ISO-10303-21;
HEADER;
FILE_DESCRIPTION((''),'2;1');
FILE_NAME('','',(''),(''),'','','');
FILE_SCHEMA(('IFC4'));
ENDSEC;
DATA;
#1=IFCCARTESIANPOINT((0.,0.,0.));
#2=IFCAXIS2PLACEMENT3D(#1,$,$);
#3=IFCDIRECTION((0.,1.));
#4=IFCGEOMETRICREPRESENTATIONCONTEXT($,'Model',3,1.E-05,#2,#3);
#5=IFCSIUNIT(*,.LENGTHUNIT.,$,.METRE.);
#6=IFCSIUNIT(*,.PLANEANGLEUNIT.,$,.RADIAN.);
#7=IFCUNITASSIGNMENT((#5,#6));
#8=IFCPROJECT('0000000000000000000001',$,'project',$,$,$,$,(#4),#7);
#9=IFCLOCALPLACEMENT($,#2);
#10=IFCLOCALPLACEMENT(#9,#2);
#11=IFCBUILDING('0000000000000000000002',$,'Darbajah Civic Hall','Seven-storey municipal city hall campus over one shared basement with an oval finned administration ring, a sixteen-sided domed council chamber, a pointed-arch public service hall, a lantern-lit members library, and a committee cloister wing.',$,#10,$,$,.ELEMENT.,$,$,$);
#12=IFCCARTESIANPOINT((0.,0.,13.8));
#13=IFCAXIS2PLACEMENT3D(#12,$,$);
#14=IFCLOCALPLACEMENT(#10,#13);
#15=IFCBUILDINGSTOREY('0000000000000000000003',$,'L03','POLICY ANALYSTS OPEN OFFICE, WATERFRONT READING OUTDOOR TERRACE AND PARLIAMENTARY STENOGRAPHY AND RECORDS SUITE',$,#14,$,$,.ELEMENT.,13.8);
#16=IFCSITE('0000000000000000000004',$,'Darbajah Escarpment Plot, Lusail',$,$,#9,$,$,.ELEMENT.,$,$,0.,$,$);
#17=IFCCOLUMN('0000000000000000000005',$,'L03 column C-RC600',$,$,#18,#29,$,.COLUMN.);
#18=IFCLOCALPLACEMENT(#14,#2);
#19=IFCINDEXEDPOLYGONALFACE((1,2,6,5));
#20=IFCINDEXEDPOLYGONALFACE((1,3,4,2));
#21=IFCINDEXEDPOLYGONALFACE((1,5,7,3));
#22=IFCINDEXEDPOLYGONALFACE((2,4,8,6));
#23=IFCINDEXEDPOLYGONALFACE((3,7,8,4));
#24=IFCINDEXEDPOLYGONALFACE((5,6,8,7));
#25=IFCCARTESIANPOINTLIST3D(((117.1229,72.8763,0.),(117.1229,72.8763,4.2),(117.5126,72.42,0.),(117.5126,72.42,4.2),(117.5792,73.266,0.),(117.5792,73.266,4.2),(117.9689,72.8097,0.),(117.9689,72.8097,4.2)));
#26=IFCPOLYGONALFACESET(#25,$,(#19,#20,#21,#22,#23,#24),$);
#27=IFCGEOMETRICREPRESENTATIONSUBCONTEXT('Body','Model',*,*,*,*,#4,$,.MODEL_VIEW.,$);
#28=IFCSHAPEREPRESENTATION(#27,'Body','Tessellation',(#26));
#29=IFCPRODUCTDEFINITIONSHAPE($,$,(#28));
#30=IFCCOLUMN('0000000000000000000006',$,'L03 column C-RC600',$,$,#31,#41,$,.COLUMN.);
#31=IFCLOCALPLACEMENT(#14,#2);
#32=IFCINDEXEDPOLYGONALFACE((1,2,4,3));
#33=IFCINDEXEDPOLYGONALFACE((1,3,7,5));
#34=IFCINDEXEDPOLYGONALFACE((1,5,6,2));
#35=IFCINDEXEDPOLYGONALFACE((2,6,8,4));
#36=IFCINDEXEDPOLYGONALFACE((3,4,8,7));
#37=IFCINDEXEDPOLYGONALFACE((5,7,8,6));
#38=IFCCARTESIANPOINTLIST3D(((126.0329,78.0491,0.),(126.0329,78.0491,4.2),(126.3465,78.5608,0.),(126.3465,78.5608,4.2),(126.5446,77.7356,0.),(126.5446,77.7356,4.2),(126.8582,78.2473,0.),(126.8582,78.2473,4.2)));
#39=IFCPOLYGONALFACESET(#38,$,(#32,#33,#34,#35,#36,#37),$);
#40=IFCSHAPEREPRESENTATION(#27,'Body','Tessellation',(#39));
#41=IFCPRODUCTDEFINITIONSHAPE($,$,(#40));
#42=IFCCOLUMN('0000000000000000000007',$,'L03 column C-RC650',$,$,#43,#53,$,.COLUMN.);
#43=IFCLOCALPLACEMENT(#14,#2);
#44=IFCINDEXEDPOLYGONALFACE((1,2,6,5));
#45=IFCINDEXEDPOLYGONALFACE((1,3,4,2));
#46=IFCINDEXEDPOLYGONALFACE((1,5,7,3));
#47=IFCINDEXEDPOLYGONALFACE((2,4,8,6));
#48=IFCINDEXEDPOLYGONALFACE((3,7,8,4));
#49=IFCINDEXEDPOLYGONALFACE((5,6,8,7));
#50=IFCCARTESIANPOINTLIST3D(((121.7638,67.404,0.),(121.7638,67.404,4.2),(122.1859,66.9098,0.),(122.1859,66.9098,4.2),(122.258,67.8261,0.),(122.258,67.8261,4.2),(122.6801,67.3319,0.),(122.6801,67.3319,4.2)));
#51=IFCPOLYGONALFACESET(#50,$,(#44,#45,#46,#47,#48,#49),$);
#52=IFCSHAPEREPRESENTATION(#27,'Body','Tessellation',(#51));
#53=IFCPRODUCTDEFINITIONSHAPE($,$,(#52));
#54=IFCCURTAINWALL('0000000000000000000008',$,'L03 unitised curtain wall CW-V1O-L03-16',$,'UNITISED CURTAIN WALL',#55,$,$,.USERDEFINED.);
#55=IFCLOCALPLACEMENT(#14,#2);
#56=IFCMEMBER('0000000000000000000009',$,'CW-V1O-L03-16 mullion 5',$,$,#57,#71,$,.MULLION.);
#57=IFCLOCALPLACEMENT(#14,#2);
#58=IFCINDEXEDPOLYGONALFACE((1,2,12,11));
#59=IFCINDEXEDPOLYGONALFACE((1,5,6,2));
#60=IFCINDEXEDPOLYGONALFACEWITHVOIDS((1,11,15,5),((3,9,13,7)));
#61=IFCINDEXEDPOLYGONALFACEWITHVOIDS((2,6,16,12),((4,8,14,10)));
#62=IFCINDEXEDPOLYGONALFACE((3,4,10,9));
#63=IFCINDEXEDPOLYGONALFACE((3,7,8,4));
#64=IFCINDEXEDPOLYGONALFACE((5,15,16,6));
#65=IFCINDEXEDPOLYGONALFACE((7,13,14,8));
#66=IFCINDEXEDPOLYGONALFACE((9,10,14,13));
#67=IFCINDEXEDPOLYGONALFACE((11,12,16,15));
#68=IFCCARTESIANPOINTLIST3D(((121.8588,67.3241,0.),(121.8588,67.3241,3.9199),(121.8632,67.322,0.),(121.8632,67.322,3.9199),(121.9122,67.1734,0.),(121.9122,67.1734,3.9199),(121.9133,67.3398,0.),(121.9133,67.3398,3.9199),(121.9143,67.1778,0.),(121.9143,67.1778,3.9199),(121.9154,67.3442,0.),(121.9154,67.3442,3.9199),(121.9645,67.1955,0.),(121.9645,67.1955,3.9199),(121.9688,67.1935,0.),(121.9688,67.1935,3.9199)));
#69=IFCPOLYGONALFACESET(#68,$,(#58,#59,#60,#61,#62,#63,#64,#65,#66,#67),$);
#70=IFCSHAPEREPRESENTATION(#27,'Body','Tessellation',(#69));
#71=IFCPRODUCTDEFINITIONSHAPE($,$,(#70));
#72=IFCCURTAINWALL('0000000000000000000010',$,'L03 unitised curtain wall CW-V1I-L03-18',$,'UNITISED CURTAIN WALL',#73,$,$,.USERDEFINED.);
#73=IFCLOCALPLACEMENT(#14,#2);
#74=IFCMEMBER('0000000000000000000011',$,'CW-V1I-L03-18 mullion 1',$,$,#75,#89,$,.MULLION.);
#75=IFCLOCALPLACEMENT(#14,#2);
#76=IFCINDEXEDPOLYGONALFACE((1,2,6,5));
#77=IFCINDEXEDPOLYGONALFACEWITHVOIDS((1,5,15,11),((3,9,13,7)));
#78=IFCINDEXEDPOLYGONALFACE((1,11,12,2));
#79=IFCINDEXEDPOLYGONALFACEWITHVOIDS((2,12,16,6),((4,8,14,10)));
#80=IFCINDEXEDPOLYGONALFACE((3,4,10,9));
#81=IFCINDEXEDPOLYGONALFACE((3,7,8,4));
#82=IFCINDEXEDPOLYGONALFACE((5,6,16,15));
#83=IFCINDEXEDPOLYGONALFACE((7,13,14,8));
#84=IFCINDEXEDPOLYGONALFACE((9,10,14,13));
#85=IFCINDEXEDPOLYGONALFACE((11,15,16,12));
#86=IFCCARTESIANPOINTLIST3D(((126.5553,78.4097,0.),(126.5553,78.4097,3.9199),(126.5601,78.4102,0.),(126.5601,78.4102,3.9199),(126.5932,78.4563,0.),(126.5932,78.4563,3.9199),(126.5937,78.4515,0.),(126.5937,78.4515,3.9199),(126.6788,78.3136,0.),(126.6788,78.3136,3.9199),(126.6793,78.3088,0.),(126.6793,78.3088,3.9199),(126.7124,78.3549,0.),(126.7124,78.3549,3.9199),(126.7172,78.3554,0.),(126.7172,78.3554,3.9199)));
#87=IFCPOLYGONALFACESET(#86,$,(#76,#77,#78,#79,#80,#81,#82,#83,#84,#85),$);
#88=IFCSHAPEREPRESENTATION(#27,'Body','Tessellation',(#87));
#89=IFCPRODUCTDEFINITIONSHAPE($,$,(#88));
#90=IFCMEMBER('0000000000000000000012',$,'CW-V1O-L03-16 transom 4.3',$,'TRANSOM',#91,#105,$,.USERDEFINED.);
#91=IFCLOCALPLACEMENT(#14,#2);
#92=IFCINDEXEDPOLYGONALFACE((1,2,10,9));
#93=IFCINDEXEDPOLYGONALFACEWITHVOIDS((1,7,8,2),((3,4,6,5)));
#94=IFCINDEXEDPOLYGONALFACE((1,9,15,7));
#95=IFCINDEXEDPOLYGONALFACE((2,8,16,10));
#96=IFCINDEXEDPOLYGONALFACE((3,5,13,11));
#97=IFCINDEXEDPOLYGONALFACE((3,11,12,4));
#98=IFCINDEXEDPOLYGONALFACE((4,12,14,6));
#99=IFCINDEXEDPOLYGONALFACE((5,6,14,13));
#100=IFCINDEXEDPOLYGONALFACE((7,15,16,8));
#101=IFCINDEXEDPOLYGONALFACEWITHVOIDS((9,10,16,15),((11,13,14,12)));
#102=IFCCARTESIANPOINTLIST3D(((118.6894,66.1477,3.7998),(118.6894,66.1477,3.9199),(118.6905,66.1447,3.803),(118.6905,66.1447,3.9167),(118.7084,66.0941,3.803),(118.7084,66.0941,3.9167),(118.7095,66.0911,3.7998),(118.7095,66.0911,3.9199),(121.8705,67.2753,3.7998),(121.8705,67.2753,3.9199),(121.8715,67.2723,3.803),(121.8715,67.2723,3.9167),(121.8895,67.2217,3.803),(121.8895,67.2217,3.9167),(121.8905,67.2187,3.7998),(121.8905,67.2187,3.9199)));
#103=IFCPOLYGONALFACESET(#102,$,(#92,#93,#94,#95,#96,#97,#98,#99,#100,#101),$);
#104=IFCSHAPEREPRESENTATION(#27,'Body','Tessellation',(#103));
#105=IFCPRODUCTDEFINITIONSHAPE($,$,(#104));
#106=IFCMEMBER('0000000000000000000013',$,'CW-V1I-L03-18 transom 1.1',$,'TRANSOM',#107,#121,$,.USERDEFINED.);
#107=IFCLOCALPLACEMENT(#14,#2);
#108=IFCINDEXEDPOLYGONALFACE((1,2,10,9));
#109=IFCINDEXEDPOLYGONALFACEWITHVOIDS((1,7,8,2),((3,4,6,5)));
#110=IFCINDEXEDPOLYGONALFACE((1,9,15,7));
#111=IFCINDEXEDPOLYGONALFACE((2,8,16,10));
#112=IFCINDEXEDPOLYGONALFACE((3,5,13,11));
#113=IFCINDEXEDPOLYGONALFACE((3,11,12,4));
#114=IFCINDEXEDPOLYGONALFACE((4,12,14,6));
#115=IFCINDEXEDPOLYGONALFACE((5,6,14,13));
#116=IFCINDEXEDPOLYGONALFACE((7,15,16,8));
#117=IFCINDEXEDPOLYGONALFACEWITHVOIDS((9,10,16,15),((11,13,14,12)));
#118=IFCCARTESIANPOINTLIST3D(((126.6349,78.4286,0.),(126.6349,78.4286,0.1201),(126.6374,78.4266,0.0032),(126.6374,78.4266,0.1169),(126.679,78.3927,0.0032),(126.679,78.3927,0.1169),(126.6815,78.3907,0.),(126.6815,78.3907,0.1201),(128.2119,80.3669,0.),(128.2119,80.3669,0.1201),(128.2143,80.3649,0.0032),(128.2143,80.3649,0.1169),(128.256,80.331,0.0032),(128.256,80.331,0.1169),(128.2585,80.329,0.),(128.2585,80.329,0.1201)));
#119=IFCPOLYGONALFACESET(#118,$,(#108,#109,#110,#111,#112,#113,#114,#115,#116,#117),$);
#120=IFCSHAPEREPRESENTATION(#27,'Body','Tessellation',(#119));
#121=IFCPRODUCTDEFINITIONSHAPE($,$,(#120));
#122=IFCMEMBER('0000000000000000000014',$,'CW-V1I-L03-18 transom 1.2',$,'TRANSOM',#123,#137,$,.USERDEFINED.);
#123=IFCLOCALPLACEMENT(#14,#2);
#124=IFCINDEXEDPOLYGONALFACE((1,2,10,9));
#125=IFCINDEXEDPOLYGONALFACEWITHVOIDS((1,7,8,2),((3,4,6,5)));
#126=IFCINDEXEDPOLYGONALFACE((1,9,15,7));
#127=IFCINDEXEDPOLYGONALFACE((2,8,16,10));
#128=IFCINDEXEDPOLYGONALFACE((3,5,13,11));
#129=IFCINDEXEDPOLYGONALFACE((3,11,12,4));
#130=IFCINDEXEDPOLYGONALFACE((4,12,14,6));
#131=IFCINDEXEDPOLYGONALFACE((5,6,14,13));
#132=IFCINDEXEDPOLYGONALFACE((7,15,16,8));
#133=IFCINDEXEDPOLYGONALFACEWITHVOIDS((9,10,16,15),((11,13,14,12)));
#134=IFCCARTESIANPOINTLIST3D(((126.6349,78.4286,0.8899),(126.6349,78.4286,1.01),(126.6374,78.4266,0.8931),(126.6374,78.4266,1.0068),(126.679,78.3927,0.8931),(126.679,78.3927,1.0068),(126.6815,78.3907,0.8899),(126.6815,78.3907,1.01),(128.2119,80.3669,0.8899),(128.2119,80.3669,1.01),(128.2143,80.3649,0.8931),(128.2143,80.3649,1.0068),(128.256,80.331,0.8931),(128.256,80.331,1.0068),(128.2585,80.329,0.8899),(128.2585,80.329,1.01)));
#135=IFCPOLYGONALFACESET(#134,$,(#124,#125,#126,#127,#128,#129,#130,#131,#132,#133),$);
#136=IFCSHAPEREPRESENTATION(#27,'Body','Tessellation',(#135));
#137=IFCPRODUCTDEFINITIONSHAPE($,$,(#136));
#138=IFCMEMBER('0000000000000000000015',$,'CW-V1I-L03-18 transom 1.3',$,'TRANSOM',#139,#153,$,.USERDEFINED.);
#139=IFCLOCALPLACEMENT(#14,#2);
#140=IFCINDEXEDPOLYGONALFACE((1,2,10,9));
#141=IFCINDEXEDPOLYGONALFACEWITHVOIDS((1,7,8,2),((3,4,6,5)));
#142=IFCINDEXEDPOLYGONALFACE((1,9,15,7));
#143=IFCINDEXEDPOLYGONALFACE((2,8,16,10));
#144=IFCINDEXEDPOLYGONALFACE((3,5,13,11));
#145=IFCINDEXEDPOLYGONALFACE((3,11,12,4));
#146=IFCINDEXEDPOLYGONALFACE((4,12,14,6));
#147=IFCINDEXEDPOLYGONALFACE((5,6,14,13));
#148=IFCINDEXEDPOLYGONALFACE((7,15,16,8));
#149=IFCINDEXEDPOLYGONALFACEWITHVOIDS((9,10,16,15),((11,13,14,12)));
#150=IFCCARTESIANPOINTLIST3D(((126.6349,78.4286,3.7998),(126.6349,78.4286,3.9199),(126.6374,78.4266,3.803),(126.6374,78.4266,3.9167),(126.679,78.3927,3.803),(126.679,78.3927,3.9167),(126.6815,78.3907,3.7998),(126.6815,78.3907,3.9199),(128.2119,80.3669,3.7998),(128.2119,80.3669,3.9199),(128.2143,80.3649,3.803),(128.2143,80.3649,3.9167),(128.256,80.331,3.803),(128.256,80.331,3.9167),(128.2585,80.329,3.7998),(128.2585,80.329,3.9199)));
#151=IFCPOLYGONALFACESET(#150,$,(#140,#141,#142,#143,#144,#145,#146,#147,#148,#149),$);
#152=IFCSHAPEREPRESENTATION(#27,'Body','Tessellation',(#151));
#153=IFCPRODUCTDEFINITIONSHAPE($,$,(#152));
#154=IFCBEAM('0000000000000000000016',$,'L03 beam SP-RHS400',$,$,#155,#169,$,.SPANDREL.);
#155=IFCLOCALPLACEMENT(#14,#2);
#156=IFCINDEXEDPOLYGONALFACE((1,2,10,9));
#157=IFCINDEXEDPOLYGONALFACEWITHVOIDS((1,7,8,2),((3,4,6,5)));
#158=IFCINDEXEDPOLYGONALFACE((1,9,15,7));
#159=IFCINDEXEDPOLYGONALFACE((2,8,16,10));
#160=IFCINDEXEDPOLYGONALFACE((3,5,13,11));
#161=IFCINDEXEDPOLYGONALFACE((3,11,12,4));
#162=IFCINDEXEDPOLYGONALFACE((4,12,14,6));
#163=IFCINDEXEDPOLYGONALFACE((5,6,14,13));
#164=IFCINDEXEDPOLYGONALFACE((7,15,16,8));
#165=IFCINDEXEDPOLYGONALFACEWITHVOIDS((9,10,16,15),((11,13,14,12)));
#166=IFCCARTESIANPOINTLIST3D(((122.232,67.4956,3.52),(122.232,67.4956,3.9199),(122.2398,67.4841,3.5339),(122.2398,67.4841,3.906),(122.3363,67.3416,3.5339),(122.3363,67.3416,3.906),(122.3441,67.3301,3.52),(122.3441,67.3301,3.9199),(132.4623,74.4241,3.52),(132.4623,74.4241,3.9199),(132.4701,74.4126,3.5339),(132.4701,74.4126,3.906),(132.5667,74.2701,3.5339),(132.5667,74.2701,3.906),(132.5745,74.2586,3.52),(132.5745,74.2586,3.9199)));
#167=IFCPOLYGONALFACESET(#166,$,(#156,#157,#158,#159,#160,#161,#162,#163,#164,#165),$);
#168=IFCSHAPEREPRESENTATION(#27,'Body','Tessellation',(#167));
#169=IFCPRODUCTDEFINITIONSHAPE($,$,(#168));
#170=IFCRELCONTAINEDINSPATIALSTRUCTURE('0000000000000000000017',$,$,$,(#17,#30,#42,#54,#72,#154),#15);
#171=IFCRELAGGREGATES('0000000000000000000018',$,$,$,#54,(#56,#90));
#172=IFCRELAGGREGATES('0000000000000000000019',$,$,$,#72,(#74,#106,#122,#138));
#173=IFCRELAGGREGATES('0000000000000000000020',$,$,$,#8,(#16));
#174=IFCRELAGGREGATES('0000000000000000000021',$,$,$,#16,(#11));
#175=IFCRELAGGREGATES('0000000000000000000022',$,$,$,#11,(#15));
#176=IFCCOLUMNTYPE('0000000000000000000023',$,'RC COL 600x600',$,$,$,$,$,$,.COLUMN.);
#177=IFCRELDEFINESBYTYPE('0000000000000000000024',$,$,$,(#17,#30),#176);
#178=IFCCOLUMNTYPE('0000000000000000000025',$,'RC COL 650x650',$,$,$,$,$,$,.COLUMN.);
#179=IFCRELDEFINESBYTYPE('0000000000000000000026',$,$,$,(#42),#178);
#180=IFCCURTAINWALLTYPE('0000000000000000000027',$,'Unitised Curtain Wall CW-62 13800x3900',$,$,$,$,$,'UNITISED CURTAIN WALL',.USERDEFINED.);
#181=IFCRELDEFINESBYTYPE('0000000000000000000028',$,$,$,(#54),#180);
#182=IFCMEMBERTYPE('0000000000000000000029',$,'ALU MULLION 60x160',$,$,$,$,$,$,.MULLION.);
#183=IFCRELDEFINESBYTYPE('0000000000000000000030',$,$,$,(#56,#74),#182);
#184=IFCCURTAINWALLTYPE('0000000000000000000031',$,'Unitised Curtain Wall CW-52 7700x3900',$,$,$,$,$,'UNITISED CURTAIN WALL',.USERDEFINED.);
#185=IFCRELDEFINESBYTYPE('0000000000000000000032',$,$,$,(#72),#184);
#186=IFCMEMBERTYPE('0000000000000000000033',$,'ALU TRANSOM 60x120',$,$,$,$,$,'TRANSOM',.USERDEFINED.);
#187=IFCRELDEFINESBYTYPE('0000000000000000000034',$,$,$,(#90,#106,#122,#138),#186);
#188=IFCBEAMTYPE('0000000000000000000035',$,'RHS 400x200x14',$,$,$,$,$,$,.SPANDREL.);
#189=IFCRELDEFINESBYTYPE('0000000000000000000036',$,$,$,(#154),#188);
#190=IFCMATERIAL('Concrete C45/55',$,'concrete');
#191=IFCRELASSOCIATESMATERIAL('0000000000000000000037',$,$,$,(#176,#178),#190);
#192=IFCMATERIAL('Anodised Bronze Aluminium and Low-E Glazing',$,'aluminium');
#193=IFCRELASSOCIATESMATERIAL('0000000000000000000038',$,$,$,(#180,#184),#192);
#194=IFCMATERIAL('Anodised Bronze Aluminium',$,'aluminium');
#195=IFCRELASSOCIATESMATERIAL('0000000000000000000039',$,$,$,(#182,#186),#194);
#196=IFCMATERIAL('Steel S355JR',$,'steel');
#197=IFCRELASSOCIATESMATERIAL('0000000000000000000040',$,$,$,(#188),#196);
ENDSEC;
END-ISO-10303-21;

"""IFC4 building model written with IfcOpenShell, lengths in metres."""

from ifc_helpers import new_model, si_unit, direction, frame, origin, origin_2d, place, context, subcontext, project, spatial, rectangle, hollow_rectangle, extrude, material, material_profile, profile_set, type_object, element, aggregate, save


model = new_model("IFC4")

# Units and contexts
model_context = context("Model", 3, precision=1e-05, world=origin(), true_north=direction((0.0, 1.0)))
body_context = subcontext(model_context, "Body", "Model", "MODEL_VIEW")
ifc_project = project(units=[si_unit("LENGTHUNIT", "METRE"), si_unit("PLANEANGLEUNIT", "RADIAN")], contexts=[model_context])

# Site, building, storey
site_placement = place(None, origin())
site = spatial("IfcSite", under=ifc_project, at=site_placement, Name="Darbajah Escarpment Plot, Lusail", CompositionType="ELEMENT", RefElevation=0.0)
building_placement = place(site_placement, origin())
building = spatial("IfcBuilding", under=site, at=building_placement, Name="Darbajah Civic Hall", Description="Seven-storey municipal city hall campus over one shared basement with an oval finned administration ring, a sixteen-sided domed council chamber, a pointed-arch public service hall, a lantern-lit members library, and a committee cloister wing.", CompositionType="ELEMENT")
storey_placement = place(building_placement, frame((0.0, 0.0, 13.8)))
storey = spatial("IfcBuildingStorey", under=building, at=storey_placement, Name="L03", Description="POLICY ANALYSTS OPEN OFFICE, WATERFRONT READING OUTDOOR TERRACE AND PARLIAMENTARY STENOGRAPHY AND RECORDS SUITE", CompositionType="ELEMENT", Elevation=13.8)

# Columns
ifc_material_1 = material(Name="Concrete C45/55", Category="concrete")
ifc_material_profile_1 = material_profile(ifc_material_1, rectangle(XDim=0.6001, YDim=0.6001, at=origin_2d()), Name="RC COL 600x600")
ifc_profile_set_1 = profile_set([ifc_material_profile_1], Name="Concrete C45/55")
column_type_1 = type_object("IfcColumnType", Name="RC COL 600x600", PredefinedType="COLUMN", material=ifc_profile_set_1)
for number, where, z_axis, x_axis, name in (
    (1, (117.5459, 72.843, 0.0), (0.0, 0.0, 1.0), (0.649448, -0.760406, 0.0), "L03 column C-RC600"),
    (2, (126.4456, 78.1482, 0.0), (0.0, 0.0, 1.0), (0.85264, -0.522499, 0.0), "L03 column C-RC600"),
):
    element("IfcColumn", number, at=place(storey_placement, frame(where, z_axis=z_axis, x_axis=x_axis)), inside=storey, type_object=column_type_1, Name=name, PredefinedType="COLUMN", context=body_context, shape_type="SweptSolid", body=[
        extrude(rectangle(XDim=0.6001, YDim=0.6001, at=origin_2d()), origin(), (0.0, 0.0, 1.0), 4.2),
    ])
ifc_material_profile_2 = material_profile(ifc_material_1, rectangle(XDim=0.6499, YDim=0.6499, at=origin_2d()), Name="RC COL 650x650")
ifc_profile_set_2 = profile_set([ifc_material_profile_2], Name="Concrete C45/55")
column_type_2 = type_object("IfcColumnType", Name="RC COL 650x650", PredefinedType="COLUMN", material=ifc_profile_set_2)
column_placement = place(storey_placement, frame((122.2219, 67.3679, 0.0), z_axis=(0.0, 0.0, 1.0), x_axis=(0.649448, -0.760406, 0.0)))
element("IfcColumn", 3, at=column_placement, inside=storey, type_object=column_type_2, Name="L03 column C-RC650", PredefinedType="COLUMN", context=body_context, shape_type="SweptSolid", body=[
    extrude(rectangle(XDim=0.6499, YDim=0.6499, at=origin_2d()), origin(), (0.0, 0.0, 1.0), 4.2),
])

# Curtain walls, members
ifc_material_2 = material(Name="Anodised Bronze Aluminium and Low-E Glazing", Category="aluminium")
curtain_wall_type_1 = type_object("IfcCurtainWallType", Name="Unitised Curtain Wall CW-62 13800x3900", ElementType="UNITISED CURTAIN WALL", PredefinedType="USERDEFINED", material=ifc_material_2)
curtain_wall_1_placement = place(storey_placement, origin())
curtain_wall_1 = element("IfcCurtainWall", 4, at=curtain_wall_1_placement, inside=storey, type_object=curtain_wall_type_1, Name="L03 unitised curtain wall CW-V1O-L03-16", ObjectType="UNITISED CURTAIN WALL", PredefinedType="USERDEFINED")
ifc_material_3 = material(Name="Anodised Bronze Aluminium", Category="aluminium")
ifc_material_profile_3 = material_profile(ifc_material_3, hollow_rectangle(XDim=0.0601, YDim=0.1599, WallThickness=0.0034, at=origin_2d()), Name="ALU MULLION 60x160")
ifc_profile_set_3 = profile_set([ifc_material_profile_3], Name="Anodised Bronze Aluminium")
member_type_1 = type_object("IfcMemberType", Name="ALU MULLION 60x160", PredefinedType="MULLION", material=ifc_profile_set_3)
member_1_placement = place(storey_placement, frame((121.9138, 67.2588, 0.0), z_axis=(0.0, 0.0, 1.0), x_axis=(0.942525, 0.334136, 0.0)))
member_1 = element("IfcMember", 5, at=member_1_placement, type_object=member_type_1, Name="CW-V1O-L03-16 mullion 5", PredefinedType="MULLION", context=body_context, shape_type="SweptSolid", body=[
    extrude(hollow_rectangle(XDim=0.0601, YDim=0.1599, WallThickness=0.0034, at=origin_2d()), origin(), (0.0, 0.0, 1.0), 3.9199),
])
curtain_wall_type_2 = type_object("IfcCurtainWallType", Name="Unitised Curtain Wall CW-52 7700x3900", ElementType="UNITISED CURTAIN WALL", PredefinedType="USERDEFINED", material=ifc_material_2)
curtain_wall_2_placement = place(storey_placement, origin())
curtain_wall_2 = element("IfcCurtainWall", 6, at=curtain_wall_2_placement, inside=storey, type_object=curtain_wall_type_2, Name="L03 unitised curtain wall CW-V1I-L03-18", ObjectType="UNITISED CURTAIN WALL", PredefinedType="USERDEFINED")
member_2_placement = place(storey_placement, frame((126.6362, 78.3826, 0.0), z_axis=(0.0, 0.0, 1.0), x_axis=(0.631082, 0.775716, 0.0)))
member_2 = element("IfcMember", 7, at=member_2_placement, type_object=member_type_1, Name="CW-V1I-L03-18 mullion 1", PredefinedType="MULLION", context=body_context, shape_type="SweptSolid", body=[
    extrude(hollow_rectangle(XDim=0.0601, YDim=0.1599, WallThickness=0.0034, at=origin_2d()), origin(), (0.0, 0.0, 1.0), 3.9199),
])

# Members
ifc_material_profile_4 = material_profile(ifc_material_3, hollow_rectangle(XDim=0.0601, YDim=0.1201, WallThickness=0.0032, at=origin_2d()), Name="ALU TRANSOM 60x120")
ifc_profile_set_4 = profile_set([ifc_material_profile_4], Name="Anodised Bronze Aluminium")
member_type_2 = type_object("IfcMemberType", Name="ALU TRANSOM 60x120", ElementType="TRANSOM", PredefinedType="USERDEFINED", material=ifc_profile_set_4)
member_3_placement = place(storey_placement, frame((118.6995, 66.1194, 3.8599), z_axis=(0.942531, 0.334118, 0.0), x_axis=(-0.334118, 0.942531, 0.0)))
member_3 = element("IfcMember", 8, at=member_3_placement, type_object=member_type_2, Name="CW-V1O-L03-16 transom 4.3", ObjectType="TRANSOM", PredefinedType="USERDEFINED", context=body_context, shape_type="SweptSolid", body=[
    extrude(hollow_rectangle(XDim=0.0601, YDim=0.1201, WallThickness=0.0032, at=origin_2d()), origin(), (0.0, 0.0, 1.0), 3.375),
])
member_4_placement = place(storey_placement, frame((126.6582, 78.4097, 0.0601), z_axis=(0.631096, 0.775704, 0.0), x_axis=(-0.775704, 0.631096, 0.0)))
member_4 = element("IfcMember", 9, at=member_4_placement, type_object=member_type_2, Name="CW-V1I-L03-18 transom 1.1", ObjectType="TRANSOM", PredefinedType="USERDEFINED", context=body_context, shape_type="SweptSolid", body=[
    extrude(hollow_rectangle(XDim=0.0601, YDim=0.1201, WallThickness=0.0032, at=origin_2d()), origin(), (0.0, 0.0, 1.0), 2.4988),
])
member_5_placement = place(storey_placement, frame((126.6582, 78.4097, 0.95), z_axis=(0.631096, 0.775704, 0.0), x_axis=(-0.775704, 0.631096, 0.0)))
member_5 = element("IfcMember", 10, at=member_5_placement, type_object=member_type_2, Name="CW-V1I-L03-18 transom 1.2", ObjectType="TRANSOM", PredefinedType="USERDEFINED", context=body_context, shape_type="SweptSolid", body=[
    extrude(hollow_rectangle(XDim=0.0601, YDim=0.1201, WallThickness=0.0032, at=origin_2d()), origin(), (0.0, 0.0, 1.0), 2.4988),
])
member_6_placement = place(storey_placement, frame((126.6582, 78.4097, 3.8599), z_axis=(0.631096, 0.775704, 0.0), x_axis=(-0.775704, 0.631096, 0.0)))
member_6 = element("IfcMember", 11, at=member_6_placement, type_object=member_type_2, Name="CW-V1I-L03-18 transom 1.3", ObjectType="TRANSOM", PredefinedType="USERDEFINED", context=body_context, shape_type="SweptSolid", body=[
    extrude(hollow_rectangle(XDim=0.0601, YDim=0.1201, WallThickness=0.0032, at=origin_2d()), origin(), (0.0, 0.0, 1.0), 2.4988),
])

# Beam
ifc_material_4 = material(Name="Steel S355JR", Category="steel")
ifc_material_profile_5 = material_profile(ifc_material_4, hollow_rectangle(XDim=0.2, YDim=0.3999, WallThickness=0.0139, at=origin_2d()), Name="RHS 400x200x14")
ifc_profile_set_5 = profile_set([ifc_material_profile_5], Name="Steel S355JR")
beam_type_1 = type_object("IfcBeamType", Name="RHS 400x200x14", PredefinedType="SPANDREL", material=ifc_profile_set_5)
beam_1_placement = place(storey_placement, frame((122.2881, 67.4128, 3.72), z_axis=(0.827982, 0.560755, 0.0), x_axis=(-0.560755, 0.827982, 0.0)))
element("IfcBeam", 12, at=beam_1_placement, inside=storey, type_object=beam_type_1, Name="L03 beam SP-RHS400", PredefinedType="SPANDREL", context=body_context, shape_type="SweptSolid", body=[
    extrude(hollow_rectangle(XDim=0.2, YDim=0.3999, WallThickness=0.0139, at=origin_2d()), origin(), (0.0, 0.0, 1.0), 12.3557),
])

aggregate(curtain_wall_1, [member_1, member_3])
aggregate(curtain_wall_2, [member_2, member_4, member_5, member_6])

save(model, "model.ifc")
